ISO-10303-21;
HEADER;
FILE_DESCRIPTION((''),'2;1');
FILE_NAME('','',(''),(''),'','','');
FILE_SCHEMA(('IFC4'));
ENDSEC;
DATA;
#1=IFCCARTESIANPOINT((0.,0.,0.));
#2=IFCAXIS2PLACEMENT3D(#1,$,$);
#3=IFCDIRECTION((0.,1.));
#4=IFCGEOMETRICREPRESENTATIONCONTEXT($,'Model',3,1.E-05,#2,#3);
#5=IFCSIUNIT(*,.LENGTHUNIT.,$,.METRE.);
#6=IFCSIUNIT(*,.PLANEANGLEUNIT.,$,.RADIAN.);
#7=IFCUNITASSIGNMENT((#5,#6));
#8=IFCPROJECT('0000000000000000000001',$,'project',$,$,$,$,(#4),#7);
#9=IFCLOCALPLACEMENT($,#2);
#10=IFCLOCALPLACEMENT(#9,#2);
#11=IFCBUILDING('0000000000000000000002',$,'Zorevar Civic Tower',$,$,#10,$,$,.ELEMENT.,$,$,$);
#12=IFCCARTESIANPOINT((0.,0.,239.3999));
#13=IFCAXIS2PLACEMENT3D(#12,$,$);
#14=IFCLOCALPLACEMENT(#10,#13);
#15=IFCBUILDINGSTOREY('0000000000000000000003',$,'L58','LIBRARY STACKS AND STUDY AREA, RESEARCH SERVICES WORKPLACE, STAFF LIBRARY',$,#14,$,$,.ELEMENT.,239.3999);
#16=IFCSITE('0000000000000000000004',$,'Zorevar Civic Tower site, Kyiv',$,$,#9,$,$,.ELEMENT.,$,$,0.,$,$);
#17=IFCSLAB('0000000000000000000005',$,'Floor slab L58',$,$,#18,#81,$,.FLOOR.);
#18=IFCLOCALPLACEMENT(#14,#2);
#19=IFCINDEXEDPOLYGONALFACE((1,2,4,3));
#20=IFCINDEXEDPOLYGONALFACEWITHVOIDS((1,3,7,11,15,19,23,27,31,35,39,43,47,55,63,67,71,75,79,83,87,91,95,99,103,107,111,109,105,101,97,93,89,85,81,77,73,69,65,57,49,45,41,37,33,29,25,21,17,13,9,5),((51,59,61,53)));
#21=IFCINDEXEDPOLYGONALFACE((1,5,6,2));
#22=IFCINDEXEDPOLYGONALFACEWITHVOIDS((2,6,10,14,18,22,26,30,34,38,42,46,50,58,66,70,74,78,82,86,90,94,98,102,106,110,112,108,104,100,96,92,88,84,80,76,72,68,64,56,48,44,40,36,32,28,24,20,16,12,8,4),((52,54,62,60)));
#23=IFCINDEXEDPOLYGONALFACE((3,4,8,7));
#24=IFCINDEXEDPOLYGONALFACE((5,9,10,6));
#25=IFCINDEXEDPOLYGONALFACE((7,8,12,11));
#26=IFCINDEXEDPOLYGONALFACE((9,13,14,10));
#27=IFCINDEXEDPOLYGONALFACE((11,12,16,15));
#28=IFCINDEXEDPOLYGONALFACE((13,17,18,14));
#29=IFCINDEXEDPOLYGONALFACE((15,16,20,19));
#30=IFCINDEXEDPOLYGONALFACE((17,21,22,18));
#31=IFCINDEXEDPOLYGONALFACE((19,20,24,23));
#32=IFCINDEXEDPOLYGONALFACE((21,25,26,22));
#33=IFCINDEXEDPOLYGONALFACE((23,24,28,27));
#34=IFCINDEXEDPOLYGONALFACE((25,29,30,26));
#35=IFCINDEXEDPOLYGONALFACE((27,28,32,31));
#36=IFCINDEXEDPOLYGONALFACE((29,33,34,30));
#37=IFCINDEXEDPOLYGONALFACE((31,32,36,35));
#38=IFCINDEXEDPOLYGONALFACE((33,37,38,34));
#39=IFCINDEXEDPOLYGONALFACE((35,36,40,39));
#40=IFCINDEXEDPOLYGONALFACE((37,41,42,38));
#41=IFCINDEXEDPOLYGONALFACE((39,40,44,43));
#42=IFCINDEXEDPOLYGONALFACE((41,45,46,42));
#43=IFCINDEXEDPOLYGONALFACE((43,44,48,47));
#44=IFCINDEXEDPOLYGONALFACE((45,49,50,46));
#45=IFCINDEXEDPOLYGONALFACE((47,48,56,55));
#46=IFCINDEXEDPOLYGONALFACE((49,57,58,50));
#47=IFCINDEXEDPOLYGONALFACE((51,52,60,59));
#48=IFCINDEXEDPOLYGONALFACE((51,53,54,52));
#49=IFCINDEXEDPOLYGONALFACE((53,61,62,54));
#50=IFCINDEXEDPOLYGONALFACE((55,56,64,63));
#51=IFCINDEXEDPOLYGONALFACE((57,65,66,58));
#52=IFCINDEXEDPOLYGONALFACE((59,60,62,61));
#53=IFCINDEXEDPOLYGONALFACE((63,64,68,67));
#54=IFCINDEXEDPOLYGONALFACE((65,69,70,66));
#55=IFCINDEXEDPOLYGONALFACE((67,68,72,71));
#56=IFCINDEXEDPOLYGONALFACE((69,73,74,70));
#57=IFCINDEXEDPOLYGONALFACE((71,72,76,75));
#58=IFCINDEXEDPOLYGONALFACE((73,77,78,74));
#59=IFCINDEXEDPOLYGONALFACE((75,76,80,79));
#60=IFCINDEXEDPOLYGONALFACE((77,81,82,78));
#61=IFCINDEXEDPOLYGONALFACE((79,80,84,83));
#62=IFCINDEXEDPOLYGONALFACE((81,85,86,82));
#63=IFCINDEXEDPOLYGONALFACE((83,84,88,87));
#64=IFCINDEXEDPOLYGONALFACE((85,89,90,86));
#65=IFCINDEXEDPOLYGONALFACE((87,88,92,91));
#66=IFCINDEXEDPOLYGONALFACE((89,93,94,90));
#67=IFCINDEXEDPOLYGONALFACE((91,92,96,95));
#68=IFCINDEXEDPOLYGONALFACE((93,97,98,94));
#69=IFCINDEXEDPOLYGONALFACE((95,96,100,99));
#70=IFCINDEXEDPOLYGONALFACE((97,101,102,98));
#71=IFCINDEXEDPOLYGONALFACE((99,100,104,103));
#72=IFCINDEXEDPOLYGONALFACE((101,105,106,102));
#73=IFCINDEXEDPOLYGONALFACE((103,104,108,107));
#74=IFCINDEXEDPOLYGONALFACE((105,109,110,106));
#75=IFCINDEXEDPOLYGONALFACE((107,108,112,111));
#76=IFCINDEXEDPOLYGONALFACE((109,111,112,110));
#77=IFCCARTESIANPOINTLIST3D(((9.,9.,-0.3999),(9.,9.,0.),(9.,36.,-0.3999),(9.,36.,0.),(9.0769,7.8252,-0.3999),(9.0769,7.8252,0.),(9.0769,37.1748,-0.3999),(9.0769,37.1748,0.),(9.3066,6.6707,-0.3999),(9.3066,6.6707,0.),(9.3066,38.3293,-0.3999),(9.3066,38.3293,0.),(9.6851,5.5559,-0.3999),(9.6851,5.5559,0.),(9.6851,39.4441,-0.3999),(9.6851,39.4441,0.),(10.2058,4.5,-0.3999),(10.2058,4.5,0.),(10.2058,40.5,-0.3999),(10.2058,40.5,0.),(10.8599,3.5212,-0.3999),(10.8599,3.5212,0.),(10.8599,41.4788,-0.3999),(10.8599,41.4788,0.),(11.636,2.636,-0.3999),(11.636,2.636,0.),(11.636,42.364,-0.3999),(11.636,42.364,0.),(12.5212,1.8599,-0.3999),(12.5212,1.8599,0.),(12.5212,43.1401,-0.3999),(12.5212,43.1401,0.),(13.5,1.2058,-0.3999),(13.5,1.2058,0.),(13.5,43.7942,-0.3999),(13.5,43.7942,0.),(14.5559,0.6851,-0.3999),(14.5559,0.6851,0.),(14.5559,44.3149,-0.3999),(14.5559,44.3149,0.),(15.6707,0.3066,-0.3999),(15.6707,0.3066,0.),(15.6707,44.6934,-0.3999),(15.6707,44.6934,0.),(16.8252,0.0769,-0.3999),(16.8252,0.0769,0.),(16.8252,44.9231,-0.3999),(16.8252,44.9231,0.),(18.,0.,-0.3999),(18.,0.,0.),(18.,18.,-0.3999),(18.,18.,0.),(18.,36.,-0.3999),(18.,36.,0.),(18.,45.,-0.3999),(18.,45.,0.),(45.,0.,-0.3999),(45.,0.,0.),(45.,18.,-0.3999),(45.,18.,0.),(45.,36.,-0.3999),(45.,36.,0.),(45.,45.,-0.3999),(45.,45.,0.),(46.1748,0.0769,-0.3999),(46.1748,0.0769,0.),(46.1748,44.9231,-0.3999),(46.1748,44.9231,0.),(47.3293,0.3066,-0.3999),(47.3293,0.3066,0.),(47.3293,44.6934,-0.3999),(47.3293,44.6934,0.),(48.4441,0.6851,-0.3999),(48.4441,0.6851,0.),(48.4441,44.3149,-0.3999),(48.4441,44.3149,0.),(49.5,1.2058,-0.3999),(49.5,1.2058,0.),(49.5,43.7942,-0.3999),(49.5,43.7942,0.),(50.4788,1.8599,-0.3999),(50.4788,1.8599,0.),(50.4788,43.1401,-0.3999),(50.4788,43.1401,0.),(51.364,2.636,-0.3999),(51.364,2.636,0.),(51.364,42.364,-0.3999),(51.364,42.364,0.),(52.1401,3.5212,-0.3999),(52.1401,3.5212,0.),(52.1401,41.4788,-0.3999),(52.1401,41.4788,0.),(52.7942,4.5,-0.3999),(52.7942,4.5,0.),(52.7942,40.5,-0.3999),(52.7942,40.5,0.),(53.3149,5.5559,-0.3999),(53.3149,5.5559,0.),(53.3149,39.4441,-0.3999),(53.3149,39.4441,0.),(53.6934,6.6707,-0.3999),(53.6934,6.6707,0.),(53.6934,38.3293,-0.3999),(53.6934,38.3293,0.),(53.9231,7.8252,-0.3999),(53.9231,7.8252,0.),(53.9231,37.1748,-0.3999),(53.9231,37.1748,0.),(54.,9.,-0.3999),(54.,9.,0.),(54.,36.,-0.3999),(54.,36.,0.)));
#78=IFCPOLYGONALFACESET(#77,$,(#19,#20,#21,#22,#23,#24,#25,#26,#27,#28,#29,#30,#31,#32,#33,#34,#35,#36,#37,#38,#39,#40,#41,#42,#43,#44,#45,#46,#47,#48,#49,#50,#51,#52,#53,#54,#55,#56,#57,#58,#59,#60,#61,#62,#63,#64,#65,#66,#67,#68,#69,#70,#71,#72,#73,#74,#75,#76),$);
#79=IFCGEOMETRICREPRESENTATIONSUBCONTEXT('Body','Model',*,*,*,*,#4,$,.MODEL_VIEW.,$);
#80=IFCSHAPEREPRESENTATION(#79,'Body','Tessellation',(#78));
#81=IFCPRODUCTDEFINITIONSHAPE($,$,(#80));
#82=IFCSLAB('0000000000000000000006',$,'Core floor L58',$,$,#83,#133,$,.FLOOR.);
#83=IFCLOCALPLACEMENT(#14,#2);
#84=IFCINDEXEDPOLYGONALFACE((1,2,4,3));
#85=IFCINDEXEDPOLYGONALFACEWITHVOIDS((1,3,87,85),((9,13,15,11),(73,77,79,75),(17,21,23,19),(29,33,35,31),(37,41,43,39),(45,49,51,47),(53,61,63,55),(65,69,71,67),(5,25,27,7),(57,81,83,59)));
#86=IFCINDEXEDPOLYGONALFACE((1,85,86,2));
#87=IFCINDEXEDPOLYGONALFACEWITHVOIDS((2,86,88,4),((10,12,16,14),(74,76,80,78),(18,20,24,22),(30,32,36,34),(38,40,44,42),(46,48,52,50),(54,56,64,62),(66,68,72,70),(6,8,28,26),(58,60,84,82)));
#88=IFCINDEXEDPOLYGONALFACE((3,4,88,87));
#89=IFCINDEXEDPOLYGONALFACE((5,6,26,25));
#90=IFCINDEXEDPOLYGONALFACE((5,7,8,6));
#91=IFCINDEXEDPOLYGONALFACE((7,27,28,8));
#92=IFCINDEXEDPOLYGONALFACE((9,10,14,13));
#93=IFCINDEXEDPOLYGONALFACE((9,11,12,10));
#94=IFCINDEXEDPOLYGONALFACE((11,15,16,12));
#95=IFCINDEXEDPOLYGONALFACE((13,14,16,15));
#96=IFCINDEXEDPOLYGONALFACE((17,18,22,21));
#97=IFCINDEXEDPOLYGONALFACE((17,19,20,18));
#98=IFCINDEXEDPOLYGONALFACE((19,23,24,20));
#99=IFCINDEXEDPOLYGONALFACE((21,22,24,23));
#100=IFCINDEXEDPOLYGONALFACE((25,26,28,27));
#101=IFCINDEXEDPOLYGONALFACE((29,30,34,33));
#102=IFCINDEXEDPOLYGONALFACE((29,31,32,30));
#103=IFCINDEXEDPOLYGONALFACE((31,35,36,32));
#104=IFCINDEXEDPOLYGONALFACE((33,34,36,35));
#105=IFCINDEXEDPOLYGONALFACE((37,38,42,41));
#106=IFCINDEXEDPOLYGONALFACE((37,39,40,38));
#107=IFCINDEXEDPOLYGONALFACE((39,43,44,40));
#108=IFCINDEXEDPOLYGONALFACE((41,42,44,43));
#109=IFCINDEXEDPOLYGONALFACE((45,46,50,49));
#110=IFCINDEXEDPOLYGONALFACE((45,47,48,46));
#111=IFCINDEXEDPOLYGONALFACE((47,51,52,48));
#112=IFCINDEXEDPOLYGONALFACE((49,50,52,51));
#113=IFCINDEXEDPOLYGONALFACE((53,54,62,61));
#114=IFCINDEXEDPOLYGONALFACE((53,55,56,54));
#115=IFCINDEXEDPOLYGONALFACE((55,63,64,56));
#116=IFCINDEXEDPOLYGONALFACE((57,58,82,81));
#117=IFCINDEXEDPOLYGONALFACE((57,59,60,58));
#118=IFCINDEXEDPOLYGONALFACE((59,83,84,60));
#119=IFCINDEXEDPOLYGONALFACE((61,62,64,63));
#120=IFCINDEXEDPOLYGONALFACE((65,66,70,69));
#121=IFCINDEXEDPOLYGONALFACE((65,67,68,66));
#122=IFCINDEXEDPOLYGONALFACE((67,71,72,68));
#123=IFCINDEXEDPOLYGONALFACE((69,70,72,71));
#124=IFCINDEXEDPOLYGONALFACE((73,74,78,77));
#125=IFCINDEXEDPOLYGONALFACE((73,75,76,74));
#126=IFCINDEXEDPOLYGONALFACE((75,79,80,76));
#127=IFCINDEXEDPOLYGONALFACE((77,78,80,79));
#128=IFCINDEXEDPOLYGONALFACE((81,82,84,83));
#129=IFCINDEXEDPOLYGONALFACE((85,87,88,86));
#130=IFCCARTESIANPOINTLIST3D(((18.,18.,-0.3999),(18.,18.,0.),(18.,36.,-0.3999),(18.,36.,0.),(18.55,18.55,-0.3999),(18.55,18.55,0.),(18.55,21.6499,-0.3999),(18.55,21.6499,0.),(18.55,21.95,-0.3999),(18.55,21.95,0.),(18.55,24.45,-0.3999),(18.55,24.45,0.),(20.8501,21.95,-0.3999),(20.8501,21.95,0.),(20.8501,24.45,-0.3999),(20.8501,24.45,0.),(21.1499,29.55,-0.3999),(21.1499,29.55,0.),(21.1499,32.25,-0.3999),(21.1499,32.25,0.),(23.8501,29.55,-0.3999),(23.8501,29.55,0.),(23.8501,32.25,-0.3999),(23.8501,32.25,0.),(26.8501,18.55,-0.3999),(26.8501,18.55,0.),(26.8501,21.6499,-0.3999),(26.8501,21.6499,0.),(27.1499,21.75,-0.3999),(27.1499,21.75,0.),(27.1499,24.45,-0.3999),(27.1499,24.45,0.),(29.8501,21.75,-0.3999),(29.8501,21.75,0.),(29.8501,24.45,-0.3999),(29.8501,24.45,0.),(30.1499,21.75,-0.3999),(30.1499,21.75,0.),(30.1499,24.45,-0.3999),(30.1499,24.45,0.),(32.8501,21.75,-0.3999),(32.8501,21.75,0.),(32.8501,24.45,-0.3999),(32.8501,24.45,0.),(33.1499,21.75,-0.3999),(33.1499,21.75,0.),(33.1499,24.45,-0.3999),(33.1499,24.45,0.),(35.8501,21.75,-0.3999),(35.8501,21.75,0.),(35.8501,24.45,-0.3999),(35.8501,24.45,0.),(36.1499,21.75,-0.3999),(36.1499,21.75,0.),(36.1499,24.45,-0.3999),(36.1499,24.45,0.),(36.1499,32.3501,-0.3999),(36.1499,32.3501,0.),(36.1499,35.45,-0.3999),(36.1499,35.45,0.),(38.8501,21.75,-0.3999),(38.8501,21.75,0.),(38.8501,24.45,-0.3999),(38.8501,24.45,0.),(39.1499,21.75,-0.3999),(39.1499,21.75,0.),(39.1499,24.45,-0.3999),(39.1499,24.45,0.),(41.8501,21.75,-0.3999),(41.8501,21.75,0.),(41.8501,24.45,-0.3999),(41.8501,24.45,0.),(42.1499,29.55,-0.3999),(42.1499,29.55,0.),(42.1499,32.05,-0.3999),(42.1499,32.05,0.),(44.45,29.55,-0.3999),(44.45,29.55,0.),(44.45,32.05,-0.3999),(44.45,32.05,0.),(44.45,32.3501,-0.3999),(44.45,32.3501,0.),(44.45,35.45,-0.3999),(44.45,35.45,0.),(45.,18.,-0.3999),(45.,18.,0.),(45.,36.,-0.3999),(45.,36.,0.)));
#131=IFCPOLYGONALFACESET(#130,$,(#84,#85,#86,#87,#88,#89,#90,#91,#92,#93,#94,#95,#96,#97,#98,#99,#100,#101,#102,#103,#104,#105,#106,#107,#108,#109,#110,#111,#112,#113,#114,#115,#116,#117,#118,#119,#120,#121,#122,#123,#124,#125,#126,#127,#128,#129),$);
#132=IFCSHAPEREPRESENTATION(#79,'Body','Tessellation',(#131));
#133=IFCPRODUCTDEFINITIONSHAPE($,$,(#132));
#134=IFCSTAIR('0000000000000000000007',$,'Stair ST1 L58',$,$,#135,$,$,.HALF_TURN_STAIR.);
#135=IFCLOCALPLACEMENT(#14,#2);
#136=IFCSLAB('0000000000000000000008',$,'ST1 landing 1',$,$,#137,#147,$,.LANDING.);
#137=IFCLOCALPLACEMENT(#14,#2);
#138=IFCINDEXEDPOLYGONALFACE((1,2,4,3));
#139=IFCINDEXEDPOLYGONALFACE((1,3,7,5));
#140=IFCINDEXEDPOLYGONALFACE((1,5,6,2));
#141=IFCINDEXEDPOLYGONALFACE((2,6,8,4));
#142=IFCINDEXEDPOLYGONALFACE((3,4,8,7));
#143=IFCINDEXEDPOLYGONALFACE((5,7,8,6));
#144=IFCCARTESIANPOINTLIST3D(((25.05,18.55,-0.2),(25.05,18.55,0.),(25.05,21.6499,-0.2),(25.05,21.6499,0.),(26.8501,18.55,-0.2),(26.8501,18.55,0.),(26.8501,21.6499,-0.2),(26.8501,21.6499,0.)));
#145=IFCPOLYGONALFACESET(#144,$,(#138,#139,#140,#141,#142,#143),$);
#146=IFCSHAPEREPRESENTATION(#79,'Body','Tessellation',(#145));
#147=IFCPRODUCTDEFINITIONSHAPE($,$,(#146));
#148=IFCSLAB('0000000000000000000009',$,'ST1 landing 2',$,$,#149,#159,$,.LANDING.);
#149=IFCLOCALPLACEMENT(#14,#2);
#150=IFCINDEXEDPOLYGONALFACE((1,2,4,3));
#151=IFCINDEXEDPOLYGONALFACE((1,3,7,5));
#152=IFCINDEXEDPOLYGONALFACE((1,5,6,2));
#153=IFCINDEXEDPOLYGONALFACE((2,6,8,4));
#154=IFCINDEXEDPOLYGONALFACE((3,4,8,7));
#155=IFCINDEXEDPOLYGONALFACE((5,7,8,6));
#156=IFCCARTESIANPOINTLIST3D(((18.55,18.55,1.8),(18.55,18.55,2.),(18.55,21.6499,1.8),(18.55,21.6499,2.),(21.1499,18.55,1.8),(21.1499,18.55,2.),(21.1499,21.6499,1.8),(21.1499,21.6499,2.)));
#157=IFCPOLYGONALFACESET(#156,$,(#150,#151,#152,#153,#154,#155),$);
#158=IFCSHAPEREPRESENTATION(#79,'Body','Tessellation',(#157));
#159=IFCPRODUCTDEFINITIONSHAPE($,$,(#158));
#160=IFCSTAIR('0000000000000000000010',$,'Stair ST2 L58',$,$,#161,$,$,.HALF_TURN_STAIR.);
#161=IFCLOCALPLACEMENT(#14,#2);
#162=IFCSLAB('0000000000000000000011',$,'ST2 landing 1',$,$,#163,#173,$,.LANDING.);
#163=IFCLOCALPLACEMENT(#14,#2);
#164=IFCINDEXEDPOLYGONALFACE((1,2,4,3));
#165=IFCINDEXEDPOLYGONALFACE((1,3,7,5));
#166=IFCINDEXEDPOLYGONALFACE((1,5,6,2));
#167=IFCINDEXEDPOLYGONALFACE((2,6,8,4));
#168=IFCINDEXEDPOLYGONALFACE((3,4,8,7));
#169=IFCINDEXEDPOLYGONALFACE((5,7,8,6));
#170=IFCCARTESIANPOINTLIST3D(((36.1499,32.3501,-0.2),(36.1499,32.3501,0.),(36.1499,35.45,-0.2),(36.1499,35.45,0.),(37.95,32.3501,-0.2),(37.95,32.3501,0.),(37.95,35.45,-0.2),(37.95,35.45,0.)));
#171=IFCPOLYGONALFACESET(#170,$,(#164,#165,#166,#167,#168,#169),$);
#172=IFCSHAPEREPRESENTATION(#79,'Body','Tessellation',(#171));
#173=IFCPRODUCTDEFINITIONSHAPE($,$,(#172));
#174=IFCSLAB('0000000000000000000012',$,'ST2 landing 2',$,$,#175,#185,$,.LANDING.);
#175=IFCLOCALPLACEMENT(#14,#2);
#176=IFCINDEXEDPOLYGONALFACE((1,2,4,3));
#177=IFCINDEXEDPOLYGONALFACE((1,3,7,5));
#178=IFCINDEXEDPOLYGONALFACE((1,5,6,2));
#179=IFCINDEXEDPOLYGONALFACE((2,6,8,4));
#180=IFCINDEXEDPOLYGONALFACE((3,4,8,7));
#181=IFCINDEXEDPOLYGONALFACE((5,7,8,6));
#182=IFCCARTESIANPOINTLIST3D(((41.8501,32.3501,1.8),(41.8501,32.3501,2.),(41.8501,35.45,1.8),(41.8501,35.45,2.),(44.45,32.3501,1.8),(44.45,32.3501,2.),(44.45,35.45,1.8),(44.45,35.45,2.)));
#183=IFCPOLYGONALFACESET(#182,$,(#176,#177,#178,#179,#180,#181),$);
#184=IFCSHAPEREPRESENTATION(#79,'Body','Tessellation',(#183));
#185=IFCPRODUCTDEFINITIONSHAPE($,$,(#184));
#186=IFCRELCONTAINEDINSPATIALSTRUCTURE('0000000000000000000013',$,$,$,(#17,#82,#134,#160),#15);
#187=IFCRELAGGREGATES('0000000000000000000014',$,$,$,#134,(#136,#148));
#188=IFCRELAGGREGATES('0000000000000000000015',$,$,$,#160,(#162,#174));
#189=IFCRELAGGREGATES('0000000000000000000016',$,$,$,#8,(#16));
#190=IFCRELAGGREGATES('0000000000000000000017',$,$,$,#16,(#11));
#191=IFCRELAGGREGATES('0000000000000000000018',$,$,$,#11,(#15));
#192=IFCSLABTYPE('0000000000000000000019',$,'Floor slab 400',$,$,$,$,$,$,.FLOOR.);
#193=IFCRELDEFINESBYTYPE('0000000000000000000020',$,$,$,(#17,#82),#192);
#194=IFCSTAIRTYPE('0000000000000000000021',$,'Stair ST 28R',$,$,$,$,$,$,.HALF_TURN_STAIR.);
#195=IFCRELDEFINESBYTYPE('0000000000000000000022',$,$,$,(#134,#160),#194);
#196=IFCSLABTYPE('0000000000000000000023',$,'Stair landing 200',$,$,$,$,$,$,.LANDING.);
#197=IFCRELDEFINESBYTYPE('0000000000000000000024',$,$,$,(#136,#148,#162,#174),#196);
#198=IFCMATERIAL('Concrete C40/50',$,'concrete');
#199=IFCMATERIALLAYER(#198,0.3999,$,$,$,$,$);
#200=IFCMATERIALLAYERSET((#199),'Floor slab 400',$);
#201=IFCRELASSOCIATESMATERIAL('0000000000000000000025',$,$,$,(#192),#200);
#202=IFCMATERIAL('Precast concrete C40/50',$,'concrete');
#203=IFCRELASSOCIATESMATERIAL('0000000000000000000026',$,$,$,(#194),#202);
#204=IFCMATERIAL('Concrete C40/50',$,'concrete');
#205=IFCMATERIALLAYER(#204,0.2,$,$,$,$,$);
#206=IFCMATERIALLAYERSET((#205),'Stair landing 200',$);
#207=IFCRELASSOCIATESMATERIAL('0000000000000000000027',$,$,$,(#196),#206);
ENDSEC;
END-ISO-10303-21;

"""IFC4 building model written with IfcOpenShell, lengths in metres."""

from ifc_helpers import new_model, si_unit, direction, frame, origin, place, context, subcontext, project, spatial, polyline, outline, extrude, material, layer, layer_set, type_object, element, aggregate, save


model = new_model("IFC4")

# Units and contexts
model_context = context("Model", 3, precision=1e-05, world=origin(), true_north=direction((0.0, 1.0)))
body_context = subcontext(model_context, "Body", "Model", "MODEL_VIEW")
ifc_project = project(units=[si_unit("LENGTHUNIT", "METRE"), si_unit("PLANEANGLEUNIT", "RADIAN")], contexts=[model_context])

# Site, building, storey
site_placement = place(None, origin())
site = spatial("IfcSite", under=ifc_project, at=site_placement, Name="Zorevar Civic Tower site, Kyiv", CompositionType="ELEMENT", RefElevation=0.0)
building_placement = place(site_placement, origin())
building = spatial("IfcBuilding", under=site, at=building_placement, Name="Zorevar Civic Tower", CompositionType="ELEMENT")
storey_placement = place(building_placement, frame((0.0, 0.0, 239.3999)))
storey = spatial("IfcBuildingStorey", under=building, at=storey_placement, Name="L58", Description="LIBRARY STACKS AND STUDY AREA, RESEARCH SERVICES WORKPLACE, STAFF LIBRARY", CompositionType="ELEMENT", Elevation=239.3999)

# Slabs
ifc_material_1 = material(Name="Concrete C40/50", Category="concrete")
ifc_layer_1 = layer(ifc_material_1, 0.3999)
ifc_layer_set_1 = layer_set([ifc_layer_1], Name="Floor slab 400")
slab_type_1 = type_object("IfcSlabType", Name="Floor slab 400", PredefinedType="FLOOR", material=ifc_layer_set_1)
slab_1_placement = place(storey_placement, frame((0.0, 0.0, -0.3999)))
element("IfcSlab", 1, at=slab_1_placement, inside=storey, type_object=slab_type_1, Name="Floor slab L58", PredefinedType="FLOOR", context=body_context, shape_type="SweptSolid", body=[
    extrude(outline(polyline([(45.0, 0.0), (46.1748, 0.0769), (47.3293, 0.3066), (48.4441, 0.6851), (49.5, 1.2058), (50.4788, 1.8599), (51.364, 2.636), (52.1401, 3.5212), (52.7942, 4.5), (53.3149, 5.5559), (53.6934, 6.6707), (53.9231, 7.8252), (54.0, 9.0), (54.0, 36.0), (53.9231, 37.1748), (53.6934, 38.3293), (53.3149, 39.4441), (52.7942, 40.5), (52.1401, 41.4788), (51.364, 42.364), (50.4788, 43.1401), (49.5, 43.7942), (48.4441, 44.3149), (47.3293, 44.6934), (46.1748, 44.9231), (45.0, 45.0), (18.0, 45.0), (16.8252, 44.9231), (15.6707, 44.6934), (14.5559, 44.3149), (13.5, 43.7942), (12.5212, 43.1401), (11.636, 42.364), (10.8599, 41.4788), (10.2058, 40.5), (9.6851, 39.4441), (9.3066, 38.3293), (9.0769, 37.1748), (9.0, 36.0), (9.0, 9.0), (9.0769, 7.8252), (9.3066, 6.6707), (9.6851, 5.5559), (10.2058, 4.5), (10.8599, 3.5212), (11.636, 2.636), (12.5212, 1.8599), (13.5, 1.2058), (14.5559, 0.6851), (15.6707, 0.3066), (16.8252, 0.0769), (18.0, 0.0), (45.0, 0.0)]), holes=[polyline([(18.0, 18.0), (45.0, 18.0), (45.0, 36.0), (18.0, 36.0), (18.0, 18.0)])]), origin(), (0.0, 0.0, 1.0), 0.3999),
])
slab_2_placement = place(storey_placement, frame((0.0, 0.0, -0.3999)))
element("IfcSlab", 2, at=slab_2_placement, inside=storey, type_object=slab_type_1, Name="Core floor L58", PredefinedType="FLOOR", context=body_context, shape_type="SweptSolid", body=[
    extrude(outline(polyline([(18.0, 18.0), (45.0, 18.0), (45.0, 36.0), (18.0, 36.0), (18.0, 18.0)]), holes=[polyline([(18.55, 18.55), (26.8501, 18.55), (26.8501, 21.6499), (18.55, 21.6499), (18.55, 18.55)]), polyline([(36.1499, 32.3501), (44.45, 32.3501), (44.45, 35.45), (36.1499, 35.45), (36.1499, 32.3501)]), polyline([(18.55, 21.95), (20.8501, 21.95), (20.8501, 24.45), (18.55, 24.45), (18.55, 21.95)]), polyline([(42.1499, 29.55), (44.45, 29.55), (44.45, 32.05), (42.1499, 32.05), (42.1499, 29.55)]), polyline([(27.1499, 21.75), (29.8501, 21.75), (29.8501, 24.45), (27.1499, 24.45), (27.1499, 21.75)]), polyline([(30.1499, 21.75), (32.8501, 21.75), (32.8501, 24.45), (30.1499, 24.45), (30.1499, 21.75)]), polyline([(33.1499, 21.75), (35.8501, 21.75), (35.8501, 24.45), (33.1499, 24.45), (33.1499, 21.75)]), polyline([(36.1499, 21.75), (38.8501, 21.75), (38.8501, 24.45), (36.1499, 24.45), (36.1499, 21.75)]), polyline([(39.1499, 21.75), (41.8501, 21.75), (41.8501, 24.45), (39.1499, 24.45), (39.1499, 21.75)]), polyline([(21.1499, 29.55), (23.8501, 29.55), (23.8501, 32.25), (21.1499, 32.25), (21.1499, 29.55)])]), origin(), (0.0, 0.0, 1.0), 0.3999),
])

# Stairs, slabs
ifc_material_2 = material(Name="Precast concrete C40/50", Category="concrete")
stair_type = type_object("IfcStairType", Name="Stair ST 28R", PredefinedType="HALF_TURN_STAIR", material=ifc_material_2)
stair_1_placement = place(storey_placement, origin())
stair_1 = element("IfcStair", 3, at=stair_1_placement, inside=storey, type_object=stair_type, Name="Stair ST1 L58", PredefinedType="HALF_TURN_STAIR")
ifc_material_3 = material(Name="Concrete C40/50", Category="concrete")
ifc_layer_2 = layer(ifc_material_3, 0.2)
ifc_layer_set_2 = layer_set([ifc_layer_2], Name="Stair landing 200")
slab_type_2 = type_object("IfcSlabType", Name="Stair landing 200", PredefinedType="LANDING", material=ifc_layer_set_2)
slab_3_placement = place(storey_placement, frame((0.0, 0.0, -0.2)))
slab_3 = element("IfcSlab", 4, at=slab_3_placement, type_object=slab_type_2, Name="ST1 landing 1", PredefinedType="LANDING", context=body_context, shape_type="SweptSolid", body=[
    extrude(outline(polyline([(25.05, 18.55), (26.8501, 18.55), (26.8501, 21.6499), (25.05, 21.6499), (25.05, 18.55)])), origin(), (0.0, 0.0, 1.0), 0.2),
])
slab_4_placement = place(storey_placement, frame((0.0, 0.0, 1.8)))
slab_4 = element("IfcSlab", 5, at=slab_4_placement, type_object=slab_type_2, Name="ST1 landing 2", PredefinedType="LANDING", context=body_context, shape_type="SweptSolid", body=[
    extrude(outline(polyline([(18.55, 18.55), (21.1499, 18.55), (21.1499, 21.6499), (18.55, 21.6499), (18.55, 18.55)])), origin(), (0.0, 0.0, 1.0), 0.2),
])
aggregate(stair_1, [slab_3, slab_4])
stair_2_placement = place(storey_placement, origin())
stair_2 = element("IfcStair", 6, at=stair_2_placement, inside=storey, type_object=stair_type, Name="Stair ST2 L58", PredefinedType="HALF_TURN_STAIR")
slab_5_placement = place(storey_placement, frame((0.0, 0.0, -0.2)))
slab_5 = element("IfcSlab", 7, at=slab_5_placement, type_object=slab_type_2, Name="ST2 landing 1", PredefinedType="LANDING", context=body_context, shape_type="SweptSolid", body=[
    extrude(outline(polyline([(37.95, 32.3501), (36.1499, 32.3501), (36.1499, 35.45), (37.95, 35.45), (37.95, 32.3501)])), origin(), (0.0, 0.0, 1.0), 0.2),
])
slab_6_placement = place(storey_placement, frame((0.0, 0.0, 1.8)))
slab_6 = element("IfcSlab", 8, at=slab_6_placement, type_object=slab_type_2, Name="ST2 landing 2", PredefinedType="LANDING", context=body_context, shape_type="SweptSolid", body=[
    extrude(outline(polyline([(44.45, 32.3501), (41.8501, 32.3501), (41.8501, 35.45), (44.45, 35.45), (44.45, 32.3501)])), origin(), (0.0, 0.0, 1.0), 0.2),
])
aggregate(stair_2, [slab_5, slab_6])

save(model, "model.ifc")
